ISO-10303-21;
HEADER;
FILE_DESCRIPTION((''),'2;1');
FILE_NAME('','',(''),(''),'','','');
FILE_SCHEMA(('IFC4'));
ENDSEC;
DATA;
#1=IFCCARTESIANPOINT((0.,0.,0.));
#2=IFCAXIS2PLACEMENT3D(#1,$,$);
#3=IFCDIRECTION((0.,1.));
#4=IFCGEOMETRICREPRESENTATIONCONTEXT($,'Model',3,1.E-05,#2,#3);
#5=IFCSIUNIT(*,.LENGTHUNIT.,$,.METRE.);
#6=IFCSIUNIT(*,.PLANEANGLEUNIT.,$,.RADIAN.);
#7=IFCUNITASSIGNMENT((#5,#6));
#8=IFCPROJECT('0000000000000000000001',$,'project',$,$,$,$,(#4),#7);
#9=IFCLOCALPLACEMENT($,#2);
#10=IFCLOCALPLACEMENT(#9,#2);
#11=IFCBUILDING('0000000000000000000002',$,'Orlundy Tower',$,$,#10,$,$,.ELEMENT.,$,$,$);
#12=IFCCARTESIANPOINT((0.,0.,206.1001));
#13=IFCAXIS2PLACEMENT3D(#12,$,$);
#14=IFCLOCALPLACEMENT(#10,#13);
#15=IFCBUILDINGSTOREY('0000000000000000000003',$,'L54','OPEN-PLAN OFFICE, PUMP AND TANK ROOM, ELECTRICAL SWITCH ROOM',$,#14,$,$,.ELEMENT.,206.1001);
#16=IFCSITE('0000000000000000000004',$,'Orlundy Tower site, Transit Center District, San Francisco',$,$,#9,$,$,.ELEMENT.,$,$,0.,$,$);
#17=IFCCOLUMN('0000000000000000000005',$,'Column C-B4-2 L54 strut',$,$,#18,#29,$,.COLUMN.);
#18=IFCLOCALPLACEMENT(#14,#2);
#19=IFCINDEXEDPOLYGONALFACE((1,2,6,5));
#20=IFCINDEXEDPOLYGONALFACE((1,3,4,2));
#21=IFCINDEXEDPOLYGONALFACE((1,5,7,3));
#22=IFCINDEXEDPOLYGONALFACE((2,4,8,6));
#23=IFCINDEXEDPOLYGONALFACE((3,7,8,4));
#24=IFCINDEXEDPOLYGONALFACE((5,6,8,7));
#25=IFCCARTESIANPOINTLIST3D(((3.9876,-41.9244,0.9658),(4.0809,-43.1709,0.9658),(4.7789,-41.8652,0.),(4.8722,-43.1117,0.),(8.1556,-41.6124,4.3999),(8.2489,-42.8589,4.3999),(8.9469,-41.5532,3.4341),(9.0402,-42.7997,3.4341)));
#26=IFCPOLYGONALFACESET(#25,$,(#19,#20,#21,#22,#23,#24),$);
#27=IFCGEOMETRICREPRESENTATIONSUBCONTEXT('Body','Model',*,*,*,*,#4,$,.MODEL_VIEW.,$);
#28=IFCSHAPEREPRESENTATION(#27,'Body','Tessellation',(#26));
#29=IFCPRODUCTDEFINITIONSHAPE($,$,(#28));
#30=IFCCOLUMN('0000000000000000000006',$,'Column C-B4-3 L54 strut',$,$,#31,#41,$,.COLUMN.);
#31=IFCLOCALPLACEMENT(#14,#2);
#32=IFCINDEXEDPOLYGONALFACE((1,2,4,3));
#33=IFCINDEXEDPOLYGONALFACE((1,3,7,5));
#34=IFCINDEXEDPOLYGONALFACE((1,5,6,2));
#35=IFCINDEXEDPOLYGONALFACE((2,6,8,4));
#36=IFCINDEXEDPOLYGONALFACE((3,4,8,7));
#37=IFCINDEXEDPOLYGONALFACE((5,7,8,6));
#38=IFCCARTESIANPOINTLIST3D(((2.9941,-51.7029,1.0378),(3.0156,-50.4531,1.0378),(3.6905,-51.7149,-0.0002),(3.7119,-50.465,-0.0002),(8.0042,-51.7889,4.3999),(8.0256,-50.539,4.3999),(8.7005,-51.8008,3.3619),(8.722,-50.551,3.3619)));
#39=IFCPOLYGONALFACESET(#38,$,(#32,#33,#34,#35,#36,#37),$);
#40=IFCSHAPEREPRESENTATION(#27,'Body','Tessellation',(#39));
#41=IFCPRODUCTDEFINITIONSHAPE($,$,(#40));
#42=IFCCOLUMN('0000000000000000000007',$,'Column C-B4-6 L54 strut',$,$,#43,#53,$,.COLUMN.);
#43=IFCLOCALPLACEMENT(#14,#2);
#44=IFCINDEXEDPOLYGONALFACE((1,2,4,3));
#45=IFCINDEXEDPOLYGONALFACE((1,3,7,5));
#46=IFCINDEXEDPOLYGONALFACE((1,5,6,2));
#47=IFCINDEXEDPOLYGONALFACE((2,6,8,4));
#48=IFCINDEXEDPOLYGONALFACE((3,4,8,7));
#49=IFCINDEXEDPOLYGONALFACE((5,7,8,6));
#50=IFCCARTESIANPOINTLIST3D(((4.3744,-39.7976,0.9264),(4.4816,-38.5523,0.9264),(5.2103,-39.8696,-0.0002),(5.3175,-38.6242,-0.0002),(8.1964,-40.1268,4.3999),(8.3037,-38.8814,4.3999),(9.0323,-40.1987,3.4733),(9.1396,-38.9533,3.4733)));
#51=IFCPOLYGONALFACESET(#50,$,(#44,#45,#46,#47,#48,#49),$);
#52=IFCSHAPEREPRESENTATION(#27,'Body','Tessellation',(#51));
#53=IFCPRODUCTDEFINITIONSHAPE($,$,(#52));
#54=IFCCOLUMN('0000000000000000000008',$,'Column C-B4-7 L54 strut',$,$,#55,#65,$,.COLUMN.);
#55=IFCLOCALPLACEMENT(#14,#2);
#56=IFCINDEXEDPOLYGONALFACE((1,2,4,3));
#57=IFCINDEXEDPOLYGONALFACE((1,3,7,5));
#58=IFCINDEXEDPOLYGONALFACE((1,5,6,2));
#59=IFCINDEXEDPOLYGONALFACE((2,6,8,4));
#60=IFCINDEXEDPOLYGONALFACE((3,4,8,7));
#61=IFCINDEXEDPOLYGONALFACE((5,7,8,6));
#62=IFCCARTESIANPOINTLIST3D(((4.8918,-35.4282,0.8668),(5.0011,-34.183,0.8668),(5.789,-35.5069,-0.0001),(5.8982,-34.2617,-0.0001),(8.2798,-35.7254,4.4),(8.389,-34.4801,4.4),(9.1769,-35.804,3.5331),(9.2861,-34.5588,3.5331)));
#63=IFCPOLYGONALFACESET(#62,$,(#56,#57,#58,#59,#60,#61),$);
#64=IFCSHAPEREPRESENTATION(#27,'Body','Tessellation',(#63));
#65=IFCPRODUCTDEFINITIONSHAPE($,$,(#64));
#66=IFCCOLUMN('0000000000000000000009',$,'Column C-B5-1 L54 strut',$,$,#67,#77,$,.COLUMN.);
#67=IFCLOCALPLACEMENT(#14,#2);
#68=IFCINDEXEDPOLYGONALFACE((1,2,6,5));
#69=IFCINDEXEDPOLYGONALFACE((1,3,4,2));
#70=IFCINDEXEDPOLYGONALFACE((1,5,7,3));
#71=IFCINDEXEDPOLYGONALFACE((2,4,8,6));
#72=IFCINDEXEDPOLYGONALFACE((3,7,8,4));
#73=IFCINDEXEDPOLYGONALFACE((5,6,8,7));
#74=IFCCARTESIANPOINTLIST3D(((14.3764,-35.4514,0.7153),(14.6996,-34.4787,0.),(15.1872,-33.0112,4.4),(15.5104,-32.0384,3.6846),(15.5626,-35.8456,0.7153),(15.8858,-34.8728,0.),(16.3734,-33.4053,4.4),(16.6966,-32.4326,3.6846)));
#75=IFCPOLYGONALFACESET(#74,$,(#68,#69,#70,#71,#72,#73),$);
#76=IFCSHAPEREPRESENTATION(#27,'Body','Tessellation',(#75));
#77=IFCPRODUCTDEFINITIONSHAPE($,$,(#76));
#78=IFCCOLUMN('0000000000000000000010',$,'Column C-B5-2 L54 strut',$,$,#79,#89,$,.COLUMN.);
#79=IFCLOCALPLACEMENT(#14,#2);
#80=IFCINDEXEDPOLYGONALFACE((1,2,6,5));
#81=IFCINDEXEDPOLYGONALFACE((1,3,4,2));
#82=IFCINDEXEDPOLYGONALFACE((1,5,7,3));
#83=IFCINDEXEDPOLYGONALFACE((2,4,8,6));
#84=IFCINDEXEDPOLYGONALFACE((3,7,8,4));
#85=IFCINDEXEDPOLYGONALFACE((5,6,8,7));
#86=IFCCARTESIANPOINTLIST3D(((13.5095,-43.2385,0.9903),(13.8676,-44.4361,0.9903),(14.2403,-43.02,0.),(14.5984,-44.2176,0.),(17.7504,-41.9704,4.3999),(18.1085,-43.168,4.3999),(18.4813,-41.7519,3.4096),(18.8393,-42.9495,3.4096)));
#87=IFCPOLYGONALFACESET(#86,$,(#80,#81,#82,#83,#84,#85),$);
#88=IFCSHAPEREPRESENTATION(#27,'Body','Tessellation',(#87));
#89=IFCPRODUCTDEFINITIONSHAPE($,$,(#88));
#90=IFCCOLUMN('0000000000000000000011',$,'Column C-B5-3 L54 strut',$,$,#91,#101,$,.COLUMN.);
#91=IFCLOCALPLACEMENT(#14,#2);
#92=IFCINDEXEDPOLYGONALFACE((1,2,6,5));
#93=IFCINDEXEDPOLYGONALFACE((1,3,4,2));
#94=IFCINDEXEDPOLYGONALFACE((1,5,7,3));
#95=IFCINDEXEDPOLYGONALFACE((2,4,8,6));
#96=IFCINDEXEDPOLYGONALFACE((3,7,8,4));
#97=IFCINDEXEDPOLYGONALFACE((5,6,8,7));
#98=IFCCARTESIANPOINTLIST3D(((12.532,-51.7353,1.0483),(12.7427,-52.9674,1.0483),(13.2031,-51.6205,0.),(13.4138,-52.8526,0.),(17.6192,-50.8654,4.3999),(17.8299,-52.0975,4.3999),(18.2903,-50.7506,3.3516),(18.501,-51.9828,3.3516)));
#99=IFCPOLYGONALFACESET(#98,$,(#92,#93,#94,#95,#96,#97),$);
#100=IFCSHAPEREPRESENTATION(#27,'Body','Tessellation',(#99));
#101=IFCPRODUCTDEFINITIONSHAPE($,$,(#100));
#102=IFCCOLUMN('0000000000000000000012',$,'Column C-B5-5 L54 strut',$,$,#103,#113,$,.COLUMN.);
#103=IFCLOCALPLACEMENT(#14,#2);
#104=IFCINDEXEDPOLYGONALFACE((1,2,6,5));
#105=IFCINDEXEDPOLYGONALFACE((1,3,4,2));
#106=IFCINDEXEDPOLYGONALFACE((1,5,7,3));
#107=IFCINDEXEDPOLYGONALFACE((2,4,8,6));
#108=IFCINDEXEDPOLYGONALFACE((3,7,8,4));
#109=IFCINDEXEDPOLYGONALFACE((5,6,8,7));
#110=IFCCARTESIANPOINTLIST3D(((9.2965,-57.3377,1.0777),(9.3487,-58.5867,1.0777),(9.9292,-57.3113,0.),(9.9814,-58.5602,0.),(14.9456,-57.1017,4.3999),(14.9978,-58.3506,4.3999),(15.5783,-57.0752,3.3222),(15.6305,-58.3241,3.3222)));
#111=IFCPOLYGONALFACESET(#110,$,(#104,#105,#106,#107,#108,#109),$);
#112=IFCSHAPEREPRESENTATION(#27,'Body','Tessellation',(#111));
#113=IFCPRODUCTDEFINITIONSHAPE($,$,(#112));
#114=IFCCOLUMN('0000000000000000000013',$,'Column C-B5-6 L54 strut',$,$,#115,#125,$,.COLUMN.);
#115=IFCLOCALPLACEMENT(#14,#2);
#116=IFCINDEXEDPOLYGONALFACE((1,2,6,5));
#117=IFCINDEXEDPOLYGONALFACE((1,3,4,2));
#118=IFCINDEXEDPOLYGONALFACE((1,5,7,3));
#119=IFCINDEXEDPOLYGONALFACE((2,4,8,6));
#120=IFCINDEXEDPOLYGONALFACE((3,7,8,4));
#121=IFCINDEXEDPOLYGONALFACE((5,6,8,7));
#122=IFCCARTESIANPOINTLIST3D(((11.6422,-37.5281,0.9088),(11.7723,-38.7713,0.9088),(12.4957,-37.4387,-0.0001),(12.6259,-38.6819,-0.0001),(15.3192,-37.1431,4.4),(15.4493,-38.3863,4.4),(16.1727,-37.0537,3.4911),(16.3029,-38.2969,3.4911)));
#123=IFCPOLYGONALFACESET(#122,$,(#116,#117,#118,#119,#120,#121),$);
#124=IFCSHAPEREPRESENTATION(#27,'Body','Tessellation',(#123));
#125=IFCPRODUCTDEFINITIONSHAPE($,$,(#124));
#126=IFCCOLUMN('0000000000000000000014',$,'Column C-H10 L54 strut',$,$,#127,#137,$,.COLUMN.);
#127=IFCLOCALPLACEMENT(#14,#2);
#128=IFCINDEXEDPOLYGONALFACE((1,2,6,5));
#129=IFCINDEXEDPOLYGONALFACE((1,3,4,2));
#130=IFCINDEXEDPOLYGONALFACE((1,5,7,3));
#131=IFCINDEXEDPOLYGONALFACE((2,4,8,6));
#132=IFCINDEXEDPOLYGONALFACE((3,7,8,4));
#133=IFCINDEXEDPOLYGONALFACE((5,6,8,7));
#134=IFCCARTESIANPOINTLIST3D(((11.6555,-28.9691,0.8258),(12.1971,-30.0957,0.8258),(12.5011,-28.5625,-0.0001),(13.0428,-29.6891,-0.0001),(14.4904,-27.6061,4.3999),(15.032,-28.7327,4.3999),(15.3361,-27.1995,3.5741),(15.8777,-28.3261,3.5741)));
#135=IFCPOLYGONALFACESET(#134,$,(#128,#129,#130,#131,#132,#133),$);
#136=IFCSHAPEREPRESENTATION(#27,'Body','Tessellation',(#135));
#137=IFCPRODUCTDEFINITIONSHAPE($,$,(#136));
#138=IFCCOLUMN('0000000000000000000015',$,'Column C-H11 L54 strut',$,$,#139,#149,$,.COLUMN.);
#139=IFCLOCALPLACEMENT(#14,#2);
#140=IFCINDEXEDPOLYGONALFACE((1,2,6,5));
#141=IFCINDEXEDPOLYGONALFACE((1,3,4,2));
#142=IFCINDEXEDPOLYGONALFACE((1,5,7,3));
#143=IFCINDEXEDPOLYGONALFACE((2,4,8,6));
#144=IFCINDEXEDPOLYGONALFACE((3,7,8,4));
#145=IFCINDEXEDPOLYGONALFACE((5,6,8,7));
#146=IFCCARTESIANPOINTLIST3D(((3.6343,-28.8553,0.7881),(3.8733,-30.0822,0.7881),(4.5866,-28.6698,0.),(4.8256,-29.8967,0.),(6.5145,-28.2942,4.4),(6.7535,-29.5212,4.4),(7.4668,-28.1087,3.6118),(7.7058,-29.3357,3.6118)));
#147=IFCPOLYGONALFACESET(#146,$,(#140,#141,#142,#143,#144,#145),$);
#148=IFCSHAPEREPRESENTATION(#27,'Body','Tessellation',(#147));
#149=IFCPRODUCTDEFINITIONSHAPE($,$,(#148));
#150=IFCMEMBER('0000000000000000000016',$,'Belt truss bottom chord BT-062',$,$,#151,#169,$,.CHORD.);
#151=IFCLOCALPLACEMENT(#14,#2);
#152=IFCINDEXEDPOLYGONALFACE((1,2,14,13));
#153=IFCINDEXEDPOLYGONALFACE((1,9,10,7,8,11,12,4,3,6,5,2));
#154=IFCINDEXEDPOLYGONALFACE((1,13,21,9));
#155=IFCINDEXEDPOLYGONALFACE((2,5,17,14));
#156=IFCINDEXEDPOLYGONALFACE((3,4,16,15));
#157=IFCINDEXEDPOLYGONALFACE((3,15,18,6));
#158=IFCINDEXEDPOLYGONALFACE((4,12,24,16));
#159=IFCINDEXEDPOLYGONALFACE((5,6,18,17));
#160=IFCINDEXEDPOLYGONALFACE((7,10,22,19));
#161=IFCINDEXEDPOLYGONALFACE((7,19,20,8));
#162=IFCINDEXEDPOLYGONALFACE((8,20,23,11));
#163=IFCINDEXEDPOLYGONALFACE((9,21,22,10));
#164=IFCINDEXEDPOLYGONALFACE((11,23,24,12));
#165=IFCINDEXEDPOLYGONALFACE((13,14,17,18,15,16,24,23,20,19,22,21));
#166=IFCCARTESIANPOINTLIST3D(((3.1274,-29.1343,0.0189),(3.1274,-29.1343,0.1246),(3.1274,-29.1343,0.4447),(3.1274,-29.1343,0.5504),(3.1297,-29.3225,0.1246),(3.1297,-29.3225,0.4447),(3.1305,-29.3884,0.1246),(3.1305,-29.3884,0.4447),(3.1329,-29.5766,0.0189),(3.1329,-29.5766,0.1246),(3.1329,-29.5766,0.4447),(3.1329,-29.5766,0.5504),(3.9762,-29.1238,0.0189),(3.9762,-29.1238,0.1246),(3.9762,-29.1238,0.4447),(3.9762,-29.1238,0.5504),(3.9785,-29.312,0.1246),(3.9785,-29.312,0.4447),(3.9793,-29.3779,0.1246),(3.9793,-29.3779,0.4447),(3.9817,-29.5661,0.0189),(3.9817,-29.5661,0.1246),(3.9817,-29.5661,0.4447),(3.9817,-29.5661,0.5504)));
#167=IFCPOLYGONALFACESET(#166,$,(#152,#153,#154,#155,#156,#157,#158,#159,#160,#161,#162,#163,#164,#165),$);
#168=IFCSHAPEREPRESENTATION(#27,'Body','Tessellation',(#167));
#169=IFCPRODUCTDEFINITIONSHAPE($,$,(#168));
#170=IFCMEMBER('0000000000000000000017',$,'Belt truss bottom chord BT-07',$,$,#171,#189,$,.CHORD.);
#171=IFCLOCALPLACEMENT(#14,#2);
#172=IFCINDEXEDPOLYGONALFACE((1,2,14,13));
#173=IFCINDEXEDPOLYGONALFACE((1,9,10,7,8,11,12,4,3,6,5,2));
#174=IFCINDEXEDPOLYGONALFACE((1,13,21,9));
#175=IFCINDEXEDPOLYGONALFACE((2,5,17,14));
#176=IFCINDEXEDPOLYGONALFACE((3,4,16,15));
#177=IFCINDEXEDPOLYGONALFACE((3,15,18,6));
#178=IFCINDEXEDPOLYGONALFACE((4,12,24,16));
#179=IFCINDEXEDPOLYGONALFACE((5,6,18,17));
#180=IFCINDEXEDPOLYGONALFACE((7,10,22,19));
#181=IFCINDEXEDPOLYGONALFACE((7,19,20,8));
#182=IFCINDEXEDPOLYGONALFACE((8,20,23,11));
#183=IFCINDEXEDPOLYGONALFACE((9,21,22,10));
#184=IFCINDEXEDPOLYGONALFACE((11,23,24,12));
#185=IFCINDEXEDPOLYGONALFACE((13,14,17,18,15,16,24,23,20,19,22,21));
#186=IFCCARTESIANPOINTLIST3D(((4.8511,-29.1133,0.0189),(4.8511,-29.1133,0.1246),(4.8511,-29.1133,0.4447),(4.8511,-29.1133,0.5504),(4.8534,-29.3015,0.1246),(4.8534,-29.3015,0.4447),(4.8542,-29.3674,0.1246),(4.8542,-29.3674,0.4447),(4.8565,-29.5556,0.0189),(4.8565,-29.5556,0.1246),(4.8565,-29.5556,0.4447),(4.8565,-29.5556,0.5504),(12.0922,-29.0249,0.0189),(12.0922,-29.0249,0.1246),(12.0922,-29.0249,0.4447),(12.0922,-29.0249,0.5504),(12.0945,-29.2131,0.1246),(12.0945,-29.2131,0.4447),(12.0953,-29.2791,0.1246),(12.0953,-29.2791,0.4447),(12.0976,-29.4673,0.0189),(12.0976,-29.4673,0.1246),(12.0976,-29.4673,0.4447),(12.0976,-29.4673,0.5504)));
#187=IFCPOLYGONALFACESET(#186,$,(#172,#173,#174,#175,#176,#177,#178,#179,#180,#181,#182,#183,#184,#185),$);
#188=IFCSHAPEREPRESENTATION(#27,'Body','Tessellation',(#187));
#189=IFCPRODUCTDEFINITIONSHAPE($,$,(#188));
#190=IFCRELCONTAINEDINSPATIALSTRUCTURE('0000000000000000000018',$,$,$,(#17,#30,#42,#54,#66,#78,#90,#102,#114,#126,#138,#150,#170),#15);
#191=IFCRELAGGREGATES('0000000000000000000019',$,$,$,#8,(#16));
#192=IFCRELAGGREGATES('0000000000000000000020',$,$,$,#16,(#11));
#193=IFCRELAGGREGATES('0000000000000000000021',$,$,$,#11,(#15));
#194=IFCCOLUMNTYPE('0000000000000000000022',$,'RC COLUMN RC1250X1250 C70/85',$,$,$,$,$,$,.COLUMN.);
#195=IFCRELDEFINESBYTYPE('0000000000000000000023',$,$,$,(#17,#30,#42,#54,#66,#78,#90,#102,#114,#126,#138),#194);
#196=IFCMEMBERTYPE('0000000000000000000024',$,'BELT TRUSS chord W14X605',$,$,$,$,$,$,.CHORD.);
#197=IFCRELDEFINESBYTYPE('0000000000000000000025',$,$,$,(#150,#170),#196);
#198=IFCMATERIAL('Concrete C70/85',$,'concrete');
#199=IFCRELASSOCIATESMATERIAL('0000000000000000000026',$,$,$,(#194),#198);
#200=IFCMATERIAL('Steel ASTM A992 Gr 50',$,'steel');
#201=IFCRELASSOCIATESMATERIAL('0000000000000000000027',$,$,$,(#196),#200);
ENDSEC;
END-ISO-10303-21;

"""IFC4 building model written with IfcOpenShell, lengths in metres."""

from ifc_helpers import new_model, si_unit, direction, frame, origin, origin_2d, place, context, subcontext, project, spatial, rectangle, i_section, extrude, material, material_profile, profile_set, type_object, element, save


model = new_model("IFC4")

# Units and contexts
model_context = context("Model", 3, precision=1e-05, world=origin(), true_north=direction((0.0, 1.0)))
body_context = subcontext(model_context, "Body", "Model", "MODEL_VIEW")
ifc_project = project(units=[si_unit("LENGTHUNIT", "METRE"), si_unit("PLANEANGLEUNIT", "RADIAN")], contexts=[model_context])

# Site, building, storey
site_placement = place(None, origin())
site = spatial("IfcSite", under=ifc_project, at=site_placement, Name="Orlundy Tower site, Transit Center District, San Francisco", CompositionType="ELEMENT", RefElevation=0.0)
building_placement = place(site_placement, origin())
building = spatial("IfcBuilding", under=site, at=building_placement, Name="Orlundy Tower", CompositionType="ELEMENT")
storey_placement = place(building_placement, frame((0.0, 0.0, 206.1001)))
storey = spatial("IfcBuildingStorey", under=building, at=storey_placement, Name="L54", Description="OPEN-PLAN OFFICE, PUMP AND TANK ROOM, ELECTRICAL SWITCH ROOM", CompositionType="ELEMENT", Elevation=206.1001)

# Columns
ifc_material_1 = material(Name="Concrete C70/85", Category="concrete")
ifc_material_profile_1 = material_profile(ifc_material_1, rectangle(XDim=1.25, YDim=1.25, at=origin_2d()), Name="RC1250X1250")
ifc_profile_set_1 = profile_set([ifc_material_profile_1], Name="Concrete C70/85")
column_type = type_object("IfcColumnType", Name="RC COLUMN RC1250X1250 C70/85", PredefinedType="COLUMN", material=ifc_profile_set_1)
column_1_placement = place(storey_placement, frame((4.4299, -42.5181, 0.4829), z_axis=(0.770497, 0.057679, 0.634829), x_axis=(-0.074651, 0.99721, 0.0)))
element("IfcColumn", 1, at=column_1_placement, inside=storey, type_object=column_type, Name="Column C-B4-2 L54 strut", PredefinedType="COLUMN", context=body_context, shape_type="SweptSolid", body=[
    extrude(rectangle(XDim=1.25, YDim=1.25, at=origin_2d()), origin(), (0.0, 0.0, 1.0), 5.4094),
])
column_2_placement = place(storey_placement, frame((3.353, -51.084, 0.5188), z_axis=(0.830275, -0.014242, 0.557172), x_axis=(0.017151, 0.999853, 0.0)))
element("IfcColumn", 2, at=column_2_placement, inside=storey, type_object=column_type, Name="Column C-B4-3 L54 strut", PredefinedType="COLUMN", context=body_context, shape_type="SweptSolid", body=[
    extrude(rectangle(XDim=1.25, YDim=1.25, at=origin_2d()), origin(), (0.0, 0.0, 1.0), 6.0342),
])
column_3_placement = place(storey_placement, frame((4.8459, -39.2109, 0.4631), z_axis=(0.738555, -0.063595, 0.671187), x_axis=(0.085789, 0.996313, 0.0)))
element("IfcColumn", 3, at=column_3_placement, inside=storey, type_object=column_type, Name="Column C-B4-6 L54 strut", PredefinedType="COLUMN", context=body_context, shape_type="SweptSolid", body=[
    extrude(rectangle(XDim=1.25, YDim=1.25, at=origin_2d()), origin(), (0.0, 0.0, 1.0), 5.175),
])
column_4_placement = place(storey_placement, frame((5.395, -34.845, 0.4333), z_axis=(0.690842, -0.060586, 0.720463), x_axis=(0.087364, 0.996176, 0.0)))
element("IfcColumn", 4, at=column_4_placement, inside=storey, type_object=column_type, Name="Column C-B4-7 L54 strut", PredefinedType="COLUMN", context=body_context, shape_type="SweptSolid", body=[
    extrude(rectangle(XDim=1.25, YDim=1.25, at=origin_2d()), origin(), (0.0, 0.0, 1.0), 4.9041),
])
column_5_placement = place(storey_placement, frame((15.1311, -35.1621, 0.3577), z_axis=(0.180452, 0.543096, 0.820051), x_axis=(-0.948987, 0.315316, 0.0)))
element("IfcColumn", 5, at=column_5_placement, inside=storey, type_object=column_type, Name="Column C-B5-1 L54 strut", PredefinedType="COLUMN", context=body_context, shape_type="SweptSolid", body=[
    extrude(rectangle(XDim=1.25, YDim=1.25, at=origin_2d()), origin(), (0.0, 0.0, 1.0), 4.4932),
])
column_6_placement = place(storey_placement, frame((14.054, -43.728, 0.4951), z_axis=(0.759016, 0.226949, 0.610237), x_axis=(-0.286472, 0.958089, 0.0)))
element("IfcColumn", 6, at=column_6_placement, inside=storey, type_object=column_type, Name="Column C-B5-2 L54 strut", PredefinedType="COLUMN", context=body_context, shape_type="SweptSolid", body=[
    extrude(rectangle(XDim=1.25, YDim=1.25, at=origin_2d()), origin(), (0.0, 0.0, 1.0), 5.5874),
])
column_7_placement = place(storey_placement, frame((12.9729, -52.2939, 0.5242), z_axis=(0.826674, 0.141356, 0.544636), x_axis=(-0.168548, 0.985694, 0.0)))
element("IfcColumn", 7, at=column_7_placement, inside=storey, type_object=column_type, Name="Column C-B5-3 L54 strut", PredefinedType="COLUMN", context=body_context, shape_type="SweptSolid", body=[
    extrude(rectangle(XDim=1.25, YDim=1.25, at=origin_2d()), origin(), (0.0, 0.0, 1.0), 6.1538),
])
column_8_placement = place(storey_placement, frame((9.6389, -57.949, 0.5388), z_axis=(0.861427, 0.036, 0.506604), x_axis=(-0.041754, 0.999128, 0.0)))
element("IfcColumn", 8, at=column_8_placement, inside=storey, type_object=column_type, Name="Column C-B5-5 L54 strut", PredefinedType="COLUMN", context=body_context, shape_type="SweptSolid", body=[
    extrude(rectangle(XDim=1.25, YDim=1.25, at=origin_2d()), origin(), (0.0, 0.0, 1.0), 6.5579),
])
column_9_placement = place(storey_placement, frame((12.134, -38.105, 0.4543), z_axis=(0.723109, 0.075715, 0.686572), x_axis=(-0.104138, 0.994563, 0.0)))
element("IfcColumn", 9, at=column_9_placement, inside=storey, type_object=column_type, Name="Column C-B5-6 L54 strut", PredefinedType="COLUMN", context=body_context, shape_type="SweptSolid", body=[
    extrude(rectangle(XDim=1.25, YDim=1.25, at=origin_2d()), origin(), (0.0, 0.0, 1.0), 5.085),
])
column_10_placement = place(storey_placement, frame((12.3491, -29.3291, 0.4128), z_axis=(0.595418, 0.286275, 0.750682), x_axis=(-0.433314, 0.901243, 0.0)))
element("IfcColumn", 10, at=column_10_placement, inside=storey, type_object=column_type, Name="Column C-H10 L54 strut", PredefinedType="COLUMN", context=body_context, shape_type="SweptSolid", body=[
    extrude(rectangle(XDim=1.25, YDim=1.25, at=origin_2d()), origin(), (0.0, 0.0, 1.0), 4.7612),
])
column_11_placement = place(storey_placement, frame((4.23, -29.376, 0.394), z_axis=(0.618916, 0.120562, 0.77615), x_axis=(-0.191201, 0.981551, 0.0)))
element("IfcColumn", 11, at=column_11_placement, inside=storey, type_object=column_type, Name="Column C-H11 L54 strut", PredefinedType="COLUMN", context=body_context, shape_type="SweptSolid", body=[
    extrude(rectangle(XDim=1.25, YDim=1.25, at=origin_2d()), origin(), (0.0, 0.0, 1.0), 4.6536),
])

# Members
ifc_material_2 = material(Name="Steel ASTM A992 Gr 50", Category="steel")
ifc_material_profile_2 = material_profile(ifc_material_2, i_section(OverallWidth=0.4424, OverallDepth=0.5315, WebThickness=0.0659, FlangeThickness=0.1057, at=origin_2d()), Name="W14X605")
ifc_profile_set_2 = profile_set([ifc_material_profile_2], Name="Steel ASTM A992 Gr 50")
member_type_1 = type_object("IfcMemberType", Name="BELT TRUSS chord W14X605", PredefinedType="CHORD", material=ifc_profile_set_2)
member_1_placement = place(storey_placement, frame((3.1301, -29.3555, 0.2847), z_axis=(0.999924, 0.012366, 0.0), x_axis=(-0.012366, 0.999924, 0.0)))
element("IfcMember", 12, at=member_1_placement, inside=storey, type_object=member_type_1, Name="Belt truss bottom chord BT-062", PredefinedType="CHORD", context=body_context, shape_type="SweptSolid", body=[
    extrude(i_section(OverallWidth=0.4424, OverallDepth=0.5315, WebThickness=0.0659, FlangeThickness=0.1057, at=origin_2d()), origin(), (0.0, 0.0, 1.0), 0.8489),
])
member_2_placement = place(storey_placement, frame((4.8538, -29.3345, 0.2847), z_axis=(0.999926, 0.012204, 0.0), x_axis=(-0.012204, 0.999926, 0.0)))
element("IfcMember", 13, at=member_2_placement, inside=storey, type_object=member_type_1, Name="Belt truss bottom chord BT-07", PredefinedType="CHORD", context=body_context, shape_type="SweptSolid", body=[
    extrude(i_section(OverallWidth=0.4424, OverallDepth=0.5315, WebThickness=0.0659, FlangeThickness=0.1057, at=origin_2d()), origin(), (0.0, 0.0, 1.0), 7.2417),
])

save(model, "model.ifc")
